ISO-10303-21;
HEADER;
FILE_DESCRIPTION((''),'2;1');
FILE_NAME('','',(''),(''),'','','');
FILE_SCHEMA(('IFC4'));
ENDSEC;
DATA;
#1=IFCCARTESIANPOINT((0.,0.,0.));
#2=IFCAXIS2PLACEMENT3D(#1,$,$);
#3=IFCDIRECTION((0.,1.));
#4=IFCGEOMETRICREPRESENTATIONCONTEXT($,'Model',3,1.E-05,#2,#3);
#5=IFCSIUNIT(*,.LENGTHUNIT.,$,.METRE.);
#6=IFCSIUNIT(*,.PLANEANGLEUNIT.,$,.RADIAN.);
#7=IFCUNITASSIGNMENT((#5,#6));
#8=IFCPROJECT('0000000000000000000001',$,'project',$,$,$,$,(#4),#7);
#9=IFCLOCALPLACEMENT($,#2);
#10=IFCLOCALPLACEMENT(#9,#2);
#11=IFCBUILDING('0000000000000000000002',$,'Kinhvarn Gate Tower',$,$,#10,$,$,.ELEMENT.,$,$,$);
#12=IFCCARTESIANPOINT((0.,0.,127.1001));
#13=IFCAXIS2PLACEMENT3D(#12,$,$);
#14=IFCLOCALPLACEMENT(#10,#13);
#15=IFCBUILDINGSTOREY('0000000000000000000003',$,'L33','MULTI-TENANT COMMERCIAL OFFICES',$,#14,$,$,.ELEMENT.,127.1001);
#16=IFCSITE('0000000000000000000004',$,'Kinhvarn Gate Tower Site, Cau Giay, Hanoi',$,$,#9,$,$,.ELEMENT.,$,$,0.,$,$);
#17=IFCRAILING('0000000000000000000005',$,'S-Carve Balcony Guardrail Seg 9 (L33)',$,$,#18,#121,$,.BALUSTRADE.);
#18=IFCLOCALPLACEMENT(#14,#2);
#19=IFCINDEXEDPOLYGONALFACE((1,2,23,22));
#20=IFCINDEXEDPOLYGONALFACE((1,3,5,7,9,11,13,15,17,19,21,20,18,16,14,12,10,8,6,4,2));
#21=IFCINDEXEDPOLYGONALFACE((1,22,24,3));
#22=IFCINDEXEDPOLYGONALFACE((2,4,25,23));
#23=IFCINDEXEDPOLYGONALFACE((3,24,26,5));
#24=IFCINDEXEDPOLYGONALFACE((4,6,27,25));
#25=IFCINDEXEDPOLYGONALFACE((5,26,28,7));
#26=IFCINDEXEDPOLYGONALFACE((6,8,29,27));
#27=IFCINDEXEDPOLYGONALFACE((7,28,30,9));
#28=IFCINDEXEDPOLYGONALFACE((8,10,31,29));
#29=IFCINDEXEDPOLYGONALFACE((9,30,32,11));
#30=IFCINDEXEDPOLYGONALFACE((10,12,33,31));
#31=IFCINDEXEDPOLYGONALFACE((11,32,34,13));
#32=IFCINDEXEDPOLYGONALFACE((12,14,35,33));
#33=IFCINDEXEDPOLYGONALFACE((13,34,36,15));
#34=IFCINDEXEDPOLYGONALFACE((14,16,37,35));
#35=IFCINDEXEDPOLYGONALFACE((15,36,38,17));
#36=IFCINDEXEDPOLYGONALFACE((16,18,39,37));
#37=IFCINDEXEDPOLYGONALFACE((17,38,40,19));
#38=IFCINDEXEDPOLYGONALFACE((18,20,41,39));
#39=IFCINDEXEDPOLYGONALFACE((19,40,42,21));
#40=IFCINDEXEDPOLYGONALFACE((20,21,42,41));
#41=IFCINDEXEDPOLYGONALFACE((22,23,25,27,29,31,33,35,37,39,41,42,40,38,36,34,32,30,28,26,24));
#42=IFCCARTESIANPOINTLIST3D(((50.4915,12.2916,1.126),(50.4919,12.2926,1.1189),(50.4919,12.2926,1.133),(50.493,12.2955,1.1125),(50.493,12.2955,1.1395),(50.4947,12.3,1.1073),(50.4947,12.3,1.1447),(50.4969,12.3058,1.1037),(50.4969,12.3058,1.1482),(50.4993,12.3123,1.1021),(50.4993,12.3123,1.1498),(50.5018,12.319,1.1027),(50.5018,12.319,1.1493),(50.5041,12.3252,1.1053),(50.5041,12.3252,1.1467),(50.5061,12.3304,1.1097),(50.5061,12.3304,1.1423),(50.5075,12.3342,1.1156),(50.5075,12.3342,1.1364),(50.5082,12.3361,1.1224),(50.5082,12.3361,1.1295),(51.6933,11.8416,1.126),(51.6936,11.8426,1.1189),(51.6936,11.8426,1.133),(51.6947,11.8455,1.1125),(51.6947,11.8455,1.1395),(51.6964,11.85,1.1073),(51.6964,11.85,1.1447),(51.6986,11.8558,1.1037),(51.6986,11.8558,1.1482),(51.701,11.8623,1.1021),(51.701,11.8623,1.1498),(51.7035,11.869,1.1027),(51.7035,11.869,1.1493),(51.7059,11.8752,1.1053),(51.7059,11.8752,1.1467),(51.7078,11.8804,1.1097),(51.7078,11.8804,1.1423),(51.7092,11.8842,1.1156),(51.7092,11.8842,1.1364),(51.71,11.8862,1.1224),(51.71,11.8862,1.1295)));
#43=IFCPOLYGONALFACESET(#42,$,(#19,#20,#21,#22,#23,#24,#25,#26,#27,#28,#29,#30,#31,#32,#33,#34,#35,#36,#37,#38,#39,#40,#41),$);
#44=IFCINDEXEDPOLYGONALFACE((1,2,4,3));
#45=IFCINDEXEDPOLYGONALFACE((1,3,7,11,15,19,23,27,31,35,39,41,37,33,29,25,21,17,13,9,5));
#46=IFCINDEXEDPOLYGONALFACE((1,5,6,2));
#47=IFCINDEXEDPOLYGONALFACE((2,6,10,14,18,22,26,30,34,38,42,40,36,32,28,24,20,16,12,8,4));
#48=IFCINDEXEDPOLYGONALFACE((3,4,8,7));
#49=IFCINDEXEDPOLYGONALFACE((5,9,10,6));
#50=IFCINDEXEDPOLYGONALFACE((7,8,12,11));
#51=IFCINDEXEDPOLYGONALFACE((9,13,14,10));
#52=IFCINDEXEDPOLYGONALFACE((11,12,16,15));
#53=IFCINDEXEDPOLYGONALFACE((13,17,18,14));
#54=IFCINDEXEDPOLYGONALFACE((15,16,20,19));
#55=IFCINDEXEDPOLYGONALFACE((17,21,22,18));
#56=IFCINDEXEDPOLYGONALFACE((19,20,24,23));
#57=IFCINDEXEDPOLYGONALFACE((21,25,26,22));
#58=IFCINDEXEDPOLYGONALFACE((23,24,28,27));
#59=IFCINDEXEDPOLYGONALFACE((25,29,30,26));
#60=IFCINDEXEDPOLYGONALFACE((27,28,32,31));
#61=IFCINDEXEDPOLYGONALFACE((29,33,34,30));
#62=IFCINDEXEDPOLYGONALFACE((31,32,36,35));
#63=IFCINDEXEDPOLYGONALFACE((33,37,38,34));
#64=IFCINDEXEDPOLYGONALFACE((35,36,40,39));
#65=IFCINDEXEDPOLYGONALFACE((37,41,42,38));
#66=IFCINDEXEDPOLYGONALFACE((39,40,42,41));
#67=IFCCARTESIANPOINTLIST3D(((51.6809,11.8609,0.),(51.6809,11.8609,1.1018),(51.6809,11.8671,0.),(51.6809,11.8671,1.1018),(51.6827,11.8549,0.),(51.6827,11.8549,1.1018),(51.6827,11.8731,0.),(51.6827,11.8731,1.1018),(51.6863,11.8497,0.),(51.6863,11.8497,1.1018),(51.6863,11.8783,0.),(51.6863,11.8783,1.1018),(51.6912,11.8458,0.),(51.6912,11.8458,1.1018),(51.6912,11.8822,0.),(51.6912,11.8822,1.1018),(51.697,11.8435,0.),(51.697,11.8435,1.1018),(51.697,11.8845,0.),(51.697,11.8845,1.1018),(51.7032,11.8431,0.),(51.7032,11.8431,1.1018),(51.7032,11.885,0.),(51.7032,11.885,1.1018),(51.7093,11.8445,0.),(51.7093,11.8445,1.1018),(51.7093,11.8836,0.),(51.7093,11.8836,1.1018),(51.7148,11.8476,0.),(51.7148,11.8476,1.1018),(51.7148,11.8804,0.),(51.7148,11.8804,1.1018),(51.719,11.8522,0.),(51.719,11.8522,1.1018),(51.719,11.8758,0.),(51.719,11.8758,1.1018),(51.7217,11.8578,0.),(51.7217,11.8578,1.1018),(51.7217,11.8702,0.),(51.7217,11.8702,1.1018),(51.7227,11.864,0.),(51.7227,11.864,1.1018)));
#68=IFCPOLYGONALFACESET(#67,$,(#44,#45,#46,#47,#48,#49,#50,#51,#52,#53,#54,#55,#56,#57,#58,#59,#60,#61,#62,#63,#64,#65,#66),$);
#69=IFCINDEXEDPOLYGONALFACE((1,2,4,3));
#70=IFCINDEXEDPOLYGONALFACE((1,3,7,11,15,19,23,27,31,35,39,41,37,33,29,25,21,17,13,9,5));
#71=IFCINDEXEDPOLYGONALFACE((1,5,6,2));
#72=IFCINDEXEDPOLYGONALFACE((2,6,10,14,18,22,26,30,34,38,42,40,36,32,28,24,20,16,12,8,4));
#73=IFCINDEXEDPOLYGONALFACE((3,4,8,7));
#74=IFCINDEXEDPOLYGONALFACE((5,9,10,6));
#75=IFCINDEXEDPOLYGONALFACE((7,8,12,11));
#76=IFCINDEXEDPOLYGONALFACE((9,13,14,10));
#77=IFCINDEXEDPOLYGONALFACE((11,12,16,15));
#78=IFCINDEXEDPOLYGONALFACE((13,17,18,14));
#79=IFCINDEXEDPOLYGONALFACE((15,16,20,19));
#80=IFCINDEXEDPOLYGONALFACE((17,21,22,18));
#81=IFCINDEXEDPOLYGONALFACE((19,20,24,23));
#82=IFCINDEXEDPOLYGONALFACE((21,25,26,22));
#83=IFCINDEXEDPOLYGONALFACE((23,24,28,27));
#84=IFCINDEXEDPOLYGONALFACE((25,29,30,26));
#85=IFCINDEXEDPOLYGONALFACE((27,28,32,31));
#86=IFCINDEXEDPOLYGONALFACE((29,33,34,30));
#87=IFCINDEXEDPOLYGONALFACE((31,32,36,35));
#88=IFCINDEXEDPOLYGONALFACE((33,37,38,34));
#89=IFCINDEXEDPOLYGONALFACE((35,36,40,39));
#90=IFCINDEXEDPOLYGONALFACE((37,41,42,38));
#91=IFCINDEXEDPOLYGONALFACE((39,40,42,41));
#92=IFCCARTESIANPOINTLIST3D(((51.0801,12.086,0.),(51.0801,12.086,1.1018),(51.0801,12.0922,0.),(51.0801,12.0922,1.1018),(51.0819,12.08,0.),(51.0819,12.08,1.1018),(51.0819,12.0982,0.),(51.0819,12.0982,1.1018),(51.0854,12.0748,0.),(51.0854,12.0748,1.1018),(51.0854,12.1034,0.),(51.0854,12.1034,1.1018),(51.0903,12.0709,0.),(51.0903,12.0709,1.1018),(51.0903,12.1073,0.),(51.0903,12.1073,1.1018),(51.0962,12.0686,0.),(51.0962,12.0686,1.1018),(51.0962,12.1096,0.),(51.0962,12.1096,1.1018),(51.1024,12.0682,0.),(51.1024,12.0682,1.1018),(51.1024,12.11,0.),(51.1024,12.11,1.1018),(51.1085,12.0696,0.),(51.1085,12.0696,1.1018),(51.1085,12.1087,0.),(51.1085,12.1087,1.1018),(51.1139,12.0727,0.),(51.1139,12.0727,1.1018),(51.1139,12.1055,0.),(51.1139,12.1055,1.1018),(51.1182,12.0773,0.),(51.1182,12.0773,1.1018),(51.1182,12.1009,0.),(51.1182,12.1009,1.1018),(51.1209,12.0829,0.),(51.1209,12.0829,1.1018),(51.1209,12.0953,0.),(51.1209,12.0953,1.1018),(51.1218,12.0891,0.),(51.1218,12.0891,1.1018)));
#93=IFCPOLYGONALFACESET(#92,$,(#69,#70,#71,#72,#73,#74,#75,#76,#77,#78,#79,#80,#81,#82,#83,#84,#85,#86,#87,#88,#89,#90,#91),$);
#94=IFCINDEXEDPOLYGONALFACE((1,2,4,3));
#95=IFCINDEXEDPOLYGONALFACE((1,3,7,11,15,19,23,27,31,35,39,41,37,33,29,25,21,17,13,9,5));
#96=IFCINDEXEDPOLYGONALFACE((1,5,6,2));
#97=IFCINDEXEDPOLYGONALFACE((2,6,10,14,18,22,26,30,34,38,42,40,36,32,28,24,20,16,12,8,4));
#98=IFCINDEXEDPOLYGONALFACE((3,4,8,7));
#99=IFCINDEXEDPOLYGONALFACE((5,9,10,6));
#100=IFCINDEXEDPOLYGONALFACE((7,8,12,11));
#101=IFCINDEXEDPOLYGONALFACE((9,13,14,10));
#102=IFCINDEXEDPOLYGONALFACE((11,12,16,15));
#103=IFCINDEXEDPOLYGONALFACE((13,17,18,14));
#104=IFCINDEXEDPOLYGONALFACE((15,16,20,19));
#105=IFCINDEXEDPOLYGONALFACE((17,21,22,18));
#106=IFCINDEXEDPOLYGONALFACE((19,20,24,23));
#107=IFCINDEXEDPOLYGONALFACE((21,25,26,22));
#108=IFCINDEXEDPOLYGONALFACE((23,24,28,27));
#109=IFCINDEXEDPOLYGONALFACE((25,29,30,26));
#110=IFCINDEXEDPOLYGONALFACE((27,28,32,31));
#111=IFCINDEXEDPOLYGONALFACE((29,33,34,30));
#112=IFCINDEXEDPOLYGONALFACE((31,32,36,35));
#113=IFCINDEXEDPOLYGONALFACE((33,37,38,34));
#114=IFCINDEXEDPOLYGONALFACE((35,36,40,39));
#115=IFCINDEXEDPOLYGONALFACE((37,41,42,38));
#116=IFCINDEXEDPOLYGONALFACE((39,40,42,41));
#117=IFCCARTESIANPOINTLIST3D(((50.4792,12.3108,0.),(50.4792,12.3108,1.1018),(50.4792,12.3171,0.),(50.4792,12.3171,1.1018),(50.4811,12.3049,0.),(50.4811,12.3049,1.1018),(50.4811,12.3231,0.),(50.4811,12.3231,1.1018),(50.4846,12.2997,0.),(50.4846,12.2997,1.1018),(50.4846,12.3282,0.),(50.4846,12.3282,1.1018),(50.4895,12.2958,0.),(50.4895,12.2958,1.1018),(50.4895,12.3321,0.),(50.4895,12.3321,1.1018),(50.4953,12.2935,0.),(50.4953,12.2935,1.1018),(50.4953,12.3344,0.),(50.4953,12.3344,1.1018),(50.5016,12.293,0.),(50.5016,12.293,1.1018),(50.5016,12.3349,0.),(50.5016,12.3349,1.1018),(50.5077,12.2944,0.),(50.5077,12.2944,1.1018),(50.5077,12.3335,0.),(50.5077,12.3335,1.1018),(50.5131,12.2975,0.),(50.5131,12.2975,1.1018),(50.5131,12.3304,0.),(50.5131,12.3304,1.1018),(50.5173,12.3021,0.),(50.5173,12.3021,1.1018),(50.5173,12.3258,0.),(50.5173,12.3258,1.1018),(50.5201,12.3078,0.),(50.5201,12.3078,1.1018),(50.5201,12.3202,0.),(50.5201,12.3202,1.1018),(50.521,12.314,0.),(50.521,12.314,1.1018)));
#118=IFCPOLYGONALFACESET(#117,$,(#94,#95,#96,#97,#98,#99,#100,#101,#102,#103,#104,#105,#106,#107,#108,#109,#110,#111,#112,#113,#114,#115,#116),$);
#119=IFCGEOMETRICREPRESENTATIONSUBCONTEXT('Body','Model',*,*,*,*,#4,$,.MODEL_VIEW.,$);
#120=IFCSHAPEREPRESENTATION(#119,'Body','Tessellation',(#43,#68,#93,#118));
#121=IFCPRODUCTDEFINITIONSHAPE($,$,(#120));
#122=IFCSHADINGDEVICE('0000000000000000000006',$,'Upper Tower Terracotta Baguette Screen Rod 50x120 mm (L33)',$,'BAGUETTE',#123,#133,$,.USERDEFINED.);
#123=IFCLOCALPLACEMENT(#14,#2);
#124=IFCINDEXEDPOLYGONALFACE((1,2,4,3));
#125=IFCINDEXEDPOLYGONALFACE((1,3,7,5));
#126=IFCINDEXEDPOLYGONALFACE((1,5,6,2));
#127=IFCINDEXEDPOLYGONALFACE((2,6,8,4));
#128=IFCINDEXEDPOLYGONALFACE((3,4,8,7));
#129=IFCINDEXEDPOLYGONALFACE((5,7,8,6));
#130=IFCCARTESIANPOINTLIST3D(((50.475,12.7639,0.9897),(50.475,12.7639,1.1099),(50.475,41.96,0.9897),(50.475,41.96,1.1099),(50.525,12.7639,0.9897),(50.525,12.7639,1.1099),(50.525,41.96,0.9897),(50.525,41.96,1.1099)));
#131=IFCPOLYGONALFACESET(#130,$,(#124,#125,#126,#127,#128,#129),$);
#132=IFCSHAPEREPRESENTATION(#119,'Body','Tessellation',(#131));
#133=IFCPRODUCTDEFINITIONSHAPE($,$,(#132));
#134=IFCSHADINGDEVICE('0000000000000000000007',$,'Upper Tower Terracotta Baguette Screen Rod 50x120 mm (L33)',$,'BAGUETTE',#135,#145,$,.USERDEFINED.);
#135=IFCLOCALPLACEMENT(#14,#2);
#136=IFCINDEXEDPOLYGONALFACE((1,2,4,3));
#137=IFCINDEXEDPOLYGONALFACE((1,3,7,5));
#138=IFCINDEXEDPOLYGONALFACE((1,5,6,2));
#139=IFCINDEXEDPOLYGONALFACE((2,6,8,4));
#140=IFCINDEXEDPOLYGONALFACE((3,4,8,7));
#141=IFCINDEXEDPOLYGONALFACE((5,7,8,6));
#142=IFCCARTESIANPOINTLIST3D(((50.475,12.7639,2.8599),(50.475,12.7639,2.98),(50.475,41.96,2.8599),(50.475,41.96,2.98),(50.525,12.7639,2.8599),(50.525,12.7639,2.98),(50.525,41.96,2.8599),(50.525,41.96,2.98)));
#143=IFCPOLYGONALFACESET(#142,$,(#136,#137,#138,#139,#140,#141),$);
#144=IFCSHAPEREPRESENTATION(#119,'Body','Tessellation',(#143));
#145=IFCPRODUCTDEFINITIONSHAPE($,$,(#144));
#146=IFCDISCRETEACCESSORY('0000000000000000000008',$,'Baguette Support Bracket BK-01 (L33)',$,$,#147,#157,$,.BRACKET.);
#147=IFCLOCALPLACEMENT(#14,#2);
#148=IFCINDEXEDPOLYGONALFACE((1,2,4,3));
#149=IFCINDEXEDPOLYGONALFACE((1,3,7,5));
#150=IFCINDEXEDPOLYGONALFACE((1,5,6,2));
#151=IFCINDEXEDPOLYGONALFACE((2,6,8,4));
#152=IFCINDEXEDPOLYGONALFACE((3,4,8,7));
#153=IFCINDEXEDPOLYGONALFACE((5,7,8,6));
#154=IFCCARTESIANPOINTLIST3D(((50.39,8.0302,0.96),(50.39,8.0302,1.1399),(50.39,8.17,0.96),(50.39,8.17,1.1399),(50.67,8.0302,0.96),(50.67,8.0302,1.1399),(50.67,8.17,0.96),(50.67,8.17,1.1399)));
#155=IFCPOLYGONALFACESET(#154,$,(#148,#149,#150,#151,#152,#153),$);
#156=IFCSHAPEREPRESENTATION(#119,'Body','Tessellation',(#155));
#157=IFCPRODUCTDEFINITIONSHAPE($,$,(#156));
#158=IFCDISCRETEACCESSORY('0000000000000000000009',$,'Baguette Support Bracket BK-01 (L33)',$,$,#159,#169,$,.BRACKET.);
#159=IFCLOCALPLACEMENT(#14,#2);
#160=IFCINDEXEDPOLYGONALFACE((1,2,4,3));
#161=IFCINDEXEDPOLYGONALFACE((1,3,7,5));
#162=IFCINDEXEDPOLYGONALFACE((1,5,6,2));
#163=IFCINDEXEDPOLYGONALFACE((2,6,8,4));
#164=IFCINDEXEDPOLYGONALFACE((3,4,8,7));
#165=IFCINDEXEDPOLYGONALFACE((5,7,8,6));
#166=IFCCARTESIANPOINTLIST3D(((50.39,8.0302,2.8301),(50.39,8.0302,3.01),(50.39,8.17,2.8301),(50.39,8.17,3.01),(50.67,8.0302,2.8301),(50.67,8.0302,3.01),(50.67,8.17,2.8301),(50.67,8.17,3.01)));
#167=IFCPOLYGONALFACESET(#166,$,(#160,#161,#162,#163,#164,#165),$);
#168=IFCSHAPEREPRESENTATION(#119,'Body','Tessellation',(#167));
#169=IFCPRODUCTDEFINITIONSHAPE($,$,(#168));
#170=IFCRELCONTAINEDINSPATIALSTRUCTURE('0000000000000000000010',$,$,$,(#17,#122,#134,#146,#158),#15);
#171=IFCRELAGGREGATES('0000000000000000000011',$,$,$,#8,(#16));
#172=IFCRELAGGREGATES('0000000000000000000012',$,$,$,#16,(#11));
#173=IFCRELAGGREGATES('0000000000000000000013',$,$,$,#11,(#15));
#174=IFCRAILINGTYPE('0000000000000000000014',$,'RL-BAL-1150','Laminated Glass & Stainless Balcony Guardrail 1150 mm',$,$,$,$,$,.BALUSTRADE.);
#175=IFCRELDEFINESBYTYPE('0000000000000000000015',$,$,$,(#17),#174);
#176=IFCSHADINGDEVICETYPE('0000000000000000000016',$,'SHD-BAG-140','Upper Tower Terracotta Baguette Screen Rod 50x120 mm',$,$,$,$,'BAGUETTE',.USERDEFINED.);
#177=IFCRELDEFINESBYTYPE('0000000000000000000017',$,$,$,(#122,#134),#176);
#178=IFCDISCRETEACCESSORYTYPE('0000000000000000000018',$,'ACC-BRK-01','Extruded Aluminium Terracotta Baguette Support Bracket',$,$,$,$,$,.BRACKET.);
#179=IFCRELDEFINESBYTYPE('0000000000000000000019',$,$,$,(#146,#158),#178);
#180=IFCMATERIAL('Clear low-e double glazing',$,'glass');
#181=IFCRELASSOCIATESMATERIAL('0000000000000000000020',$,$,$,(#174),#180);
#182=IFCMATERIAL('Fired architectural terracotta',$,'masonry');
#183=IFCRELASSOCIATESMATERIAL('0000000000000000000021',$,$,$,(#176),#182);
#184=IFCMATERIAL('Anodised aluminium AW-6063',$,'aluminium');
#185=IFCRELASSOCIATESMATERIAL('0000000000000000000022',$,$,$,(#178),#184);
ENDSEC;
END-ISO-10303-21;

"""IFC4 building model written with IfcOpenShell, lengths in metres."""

from ifc_helpers import new_model, si_unit, direction, frame, origin, origin_2d, place, context, subcontext, project, spatial, rectangle, circle, extrude, material, material_profile, profile_set, type_object, element, save


model = new_model("IFC4")

# Units and contexts
model_context = context("Model", 3, precision=1e-05, world=origin(), true_north=direction((0.0, 1.0)))
body_context = subcontext(model_context, "Body", "Model", "MODEL_VIEW")
ifc_project = project(units=[si_unit("LENGTHUNIT", "METRE"), si_unit("PLANEANGLEUNIT", "RADIAN")], contexts=[model_context])

# Site, building, storey
site_placement = place(None, origin())
site = spatial("IfcSite", under=ifc_project, at=site_placement, Name="Kinhvarn Gate Tower Site, Cau Giay, Hanoi", CompositionType="ELEMENT", RefElevation=0.0)
building_placement = place(site_placement, origin())
building = spatial("IfcBuilding", under=site, at=building_placement, Name="Kinhvarn Gate Tower", CompositionType="ELEMENT")
storey_placement = place(building_placement, frame((0.0, 0.0, 127.1001)))
storey = spatial("IfcBuildingStorey", under=building, at=storey_placement, Name="L33", Description="MULTI-TENANT COMMERCIAL OFFICES", CompositionType="ELEMENT", Elevation=127.1001)

# Shared definitions
ifc_material_1 = material(Name="Anodised aluminium AW-6063", Category="aluminium")

# Shared definitions
ifc_material_2 = material(Name="Clear low-e double glazing", Category="glass")

# Shared definitions
ifc_material_3 = material(Name="Fired architectural terracotta", Category="masonry")

# Railing
railing_type = type_object("IfcRailingType", Name="RL-BAL-1150", Description="Laminated Glass & Stainless Balcony Guardrail 1150 mm", PredefinedType="BALUSTRADE", material=ifc_material_2)
railing_placement = place(storey_placement, frame((51.7017, 11.864, 0.0)))
element("IfcRailing", 1, at=railing_placement, inside=storey, type_object=railing_type, Name="S-Carve Balcony Guardrail Seg 9 (L33)", PredefinedType="BALUSTRADE", context=body_context, shape_type="SweptSolid", body=[
    extrude(circle(Radius=0.0239, at=origin_2d()), frame((0.0, 0.0, 1.126), z_axis=(-0.936501, 0.350665, 0.0), x_axis=(-0.350665, -0.936501, 0.0)), (0.0, 0.0, 1.0), 1.2832),
    extrude(circle(Radius=0.021, at=origin_2d()), origin(), (0.0, 0.0, 1.0), 1.1018),
    extrude(circle(Radius=0.021, at=origin_2d()), frame((-0.6008, 0.2251, 0.0)), (0.0, 0.0, 1.0), 1.1018),
    extrude(circle(Radius=0.021, at=origin_2d()), frame((-1.2017, 0.45, 0.0)), (0.0, 0.0, 1.0), 1.1018),
])

# Shading devices
ifc_material_profile_1 = material_profile(ifc_material_3, rectangle(XDim=0.05, YDim=0.1201, at=origin_2d()), Name="TC 50x120")
ifc_profile_set_1 = profile_set([ifc_material_profile_1], Name="Fired architectural terracotta")
shading_device_type = type_object("IfcShadingDeviceType", Name="SHD-BAG-140", Description="Upper Tower Terracotta Baguette Screen Rod 50x120 mm", ElementType="BAGUETTE", PredefinedType="USERDEFINED", material=ifc_profile_set_1)
for number, where, z_axis, x_axis, name in (
    (2, (50.5, 12.7639, 1.0498), (0.0, 1.0, 0.0), (-1.0, 0.0, 0.0), "Upper Tower Terracotta Baguette Screen Rod 50x120 mm (L33)"),
    (3, (50.5, 12.7639, 2.9199), (0.0, 1.0, 0.0), (-1.0, 0.0, 0.0), "Upper Tower Terracotta Baguette Screen Rod 50x120 mm (L33)"),
):
    element("IfcShadingDevice", number, at=place(storey_placement, frame(where, z_axis=z_axis, x_axis=x_axis)), inside=storey, type_object=shading_device_type, Name=name, ObjectType="BAGUETTE", PredefinedType="USERDEFINED", context=body_context, shape_type="SweptSolid", body=[
        extrude(rectangle(XDim=0.05, YDim=0.1201, at=origin_2d()), origin(), (0.0, 0.0, 1.0), 29.196),
    ])

# Discrete accessories
discrete_accessory_type = type_object("IfcDiscreteAccessoryType", Name="ACC-BRK-01", Description="Extruded Aluminium Terracotta Baguette Support Bracket", PredefinedType="BRACKET", material=ifc_material_1)
for number, where, z_axis, x_axis, name in (
    (4, (50.53, 8.1001, 0.96), (0.0, 0.0, 1.0), (0.0, 1.0, 0.0), "Baguette Support Bracket BK-01 (L33)"),
    (5, (50.53, 8.1001, 2.8301), (0.0, 0.0, 1.0), (0.0, 1.0, 0.0), "Baguette Support Bracket BK-01 (L33)"),
):
    element("IfcDiscreteAccessory", number, at=place(storey_placement, frame(where, z_axis=z_axis, x_axis=x_axis)), inside=storey, type_object=discrete_accessory_type, Name=name, PredefinedType="BRACKET", context=body_context, shape_type="SweptSolid", body=[
        extrude(rectangle(XDim=0.1399, YDim=0.28, at=origin_2d()), origin(), (0.0, 0.0, 1.0), 0.1799),
    ])

save(model, "model.ifc")
